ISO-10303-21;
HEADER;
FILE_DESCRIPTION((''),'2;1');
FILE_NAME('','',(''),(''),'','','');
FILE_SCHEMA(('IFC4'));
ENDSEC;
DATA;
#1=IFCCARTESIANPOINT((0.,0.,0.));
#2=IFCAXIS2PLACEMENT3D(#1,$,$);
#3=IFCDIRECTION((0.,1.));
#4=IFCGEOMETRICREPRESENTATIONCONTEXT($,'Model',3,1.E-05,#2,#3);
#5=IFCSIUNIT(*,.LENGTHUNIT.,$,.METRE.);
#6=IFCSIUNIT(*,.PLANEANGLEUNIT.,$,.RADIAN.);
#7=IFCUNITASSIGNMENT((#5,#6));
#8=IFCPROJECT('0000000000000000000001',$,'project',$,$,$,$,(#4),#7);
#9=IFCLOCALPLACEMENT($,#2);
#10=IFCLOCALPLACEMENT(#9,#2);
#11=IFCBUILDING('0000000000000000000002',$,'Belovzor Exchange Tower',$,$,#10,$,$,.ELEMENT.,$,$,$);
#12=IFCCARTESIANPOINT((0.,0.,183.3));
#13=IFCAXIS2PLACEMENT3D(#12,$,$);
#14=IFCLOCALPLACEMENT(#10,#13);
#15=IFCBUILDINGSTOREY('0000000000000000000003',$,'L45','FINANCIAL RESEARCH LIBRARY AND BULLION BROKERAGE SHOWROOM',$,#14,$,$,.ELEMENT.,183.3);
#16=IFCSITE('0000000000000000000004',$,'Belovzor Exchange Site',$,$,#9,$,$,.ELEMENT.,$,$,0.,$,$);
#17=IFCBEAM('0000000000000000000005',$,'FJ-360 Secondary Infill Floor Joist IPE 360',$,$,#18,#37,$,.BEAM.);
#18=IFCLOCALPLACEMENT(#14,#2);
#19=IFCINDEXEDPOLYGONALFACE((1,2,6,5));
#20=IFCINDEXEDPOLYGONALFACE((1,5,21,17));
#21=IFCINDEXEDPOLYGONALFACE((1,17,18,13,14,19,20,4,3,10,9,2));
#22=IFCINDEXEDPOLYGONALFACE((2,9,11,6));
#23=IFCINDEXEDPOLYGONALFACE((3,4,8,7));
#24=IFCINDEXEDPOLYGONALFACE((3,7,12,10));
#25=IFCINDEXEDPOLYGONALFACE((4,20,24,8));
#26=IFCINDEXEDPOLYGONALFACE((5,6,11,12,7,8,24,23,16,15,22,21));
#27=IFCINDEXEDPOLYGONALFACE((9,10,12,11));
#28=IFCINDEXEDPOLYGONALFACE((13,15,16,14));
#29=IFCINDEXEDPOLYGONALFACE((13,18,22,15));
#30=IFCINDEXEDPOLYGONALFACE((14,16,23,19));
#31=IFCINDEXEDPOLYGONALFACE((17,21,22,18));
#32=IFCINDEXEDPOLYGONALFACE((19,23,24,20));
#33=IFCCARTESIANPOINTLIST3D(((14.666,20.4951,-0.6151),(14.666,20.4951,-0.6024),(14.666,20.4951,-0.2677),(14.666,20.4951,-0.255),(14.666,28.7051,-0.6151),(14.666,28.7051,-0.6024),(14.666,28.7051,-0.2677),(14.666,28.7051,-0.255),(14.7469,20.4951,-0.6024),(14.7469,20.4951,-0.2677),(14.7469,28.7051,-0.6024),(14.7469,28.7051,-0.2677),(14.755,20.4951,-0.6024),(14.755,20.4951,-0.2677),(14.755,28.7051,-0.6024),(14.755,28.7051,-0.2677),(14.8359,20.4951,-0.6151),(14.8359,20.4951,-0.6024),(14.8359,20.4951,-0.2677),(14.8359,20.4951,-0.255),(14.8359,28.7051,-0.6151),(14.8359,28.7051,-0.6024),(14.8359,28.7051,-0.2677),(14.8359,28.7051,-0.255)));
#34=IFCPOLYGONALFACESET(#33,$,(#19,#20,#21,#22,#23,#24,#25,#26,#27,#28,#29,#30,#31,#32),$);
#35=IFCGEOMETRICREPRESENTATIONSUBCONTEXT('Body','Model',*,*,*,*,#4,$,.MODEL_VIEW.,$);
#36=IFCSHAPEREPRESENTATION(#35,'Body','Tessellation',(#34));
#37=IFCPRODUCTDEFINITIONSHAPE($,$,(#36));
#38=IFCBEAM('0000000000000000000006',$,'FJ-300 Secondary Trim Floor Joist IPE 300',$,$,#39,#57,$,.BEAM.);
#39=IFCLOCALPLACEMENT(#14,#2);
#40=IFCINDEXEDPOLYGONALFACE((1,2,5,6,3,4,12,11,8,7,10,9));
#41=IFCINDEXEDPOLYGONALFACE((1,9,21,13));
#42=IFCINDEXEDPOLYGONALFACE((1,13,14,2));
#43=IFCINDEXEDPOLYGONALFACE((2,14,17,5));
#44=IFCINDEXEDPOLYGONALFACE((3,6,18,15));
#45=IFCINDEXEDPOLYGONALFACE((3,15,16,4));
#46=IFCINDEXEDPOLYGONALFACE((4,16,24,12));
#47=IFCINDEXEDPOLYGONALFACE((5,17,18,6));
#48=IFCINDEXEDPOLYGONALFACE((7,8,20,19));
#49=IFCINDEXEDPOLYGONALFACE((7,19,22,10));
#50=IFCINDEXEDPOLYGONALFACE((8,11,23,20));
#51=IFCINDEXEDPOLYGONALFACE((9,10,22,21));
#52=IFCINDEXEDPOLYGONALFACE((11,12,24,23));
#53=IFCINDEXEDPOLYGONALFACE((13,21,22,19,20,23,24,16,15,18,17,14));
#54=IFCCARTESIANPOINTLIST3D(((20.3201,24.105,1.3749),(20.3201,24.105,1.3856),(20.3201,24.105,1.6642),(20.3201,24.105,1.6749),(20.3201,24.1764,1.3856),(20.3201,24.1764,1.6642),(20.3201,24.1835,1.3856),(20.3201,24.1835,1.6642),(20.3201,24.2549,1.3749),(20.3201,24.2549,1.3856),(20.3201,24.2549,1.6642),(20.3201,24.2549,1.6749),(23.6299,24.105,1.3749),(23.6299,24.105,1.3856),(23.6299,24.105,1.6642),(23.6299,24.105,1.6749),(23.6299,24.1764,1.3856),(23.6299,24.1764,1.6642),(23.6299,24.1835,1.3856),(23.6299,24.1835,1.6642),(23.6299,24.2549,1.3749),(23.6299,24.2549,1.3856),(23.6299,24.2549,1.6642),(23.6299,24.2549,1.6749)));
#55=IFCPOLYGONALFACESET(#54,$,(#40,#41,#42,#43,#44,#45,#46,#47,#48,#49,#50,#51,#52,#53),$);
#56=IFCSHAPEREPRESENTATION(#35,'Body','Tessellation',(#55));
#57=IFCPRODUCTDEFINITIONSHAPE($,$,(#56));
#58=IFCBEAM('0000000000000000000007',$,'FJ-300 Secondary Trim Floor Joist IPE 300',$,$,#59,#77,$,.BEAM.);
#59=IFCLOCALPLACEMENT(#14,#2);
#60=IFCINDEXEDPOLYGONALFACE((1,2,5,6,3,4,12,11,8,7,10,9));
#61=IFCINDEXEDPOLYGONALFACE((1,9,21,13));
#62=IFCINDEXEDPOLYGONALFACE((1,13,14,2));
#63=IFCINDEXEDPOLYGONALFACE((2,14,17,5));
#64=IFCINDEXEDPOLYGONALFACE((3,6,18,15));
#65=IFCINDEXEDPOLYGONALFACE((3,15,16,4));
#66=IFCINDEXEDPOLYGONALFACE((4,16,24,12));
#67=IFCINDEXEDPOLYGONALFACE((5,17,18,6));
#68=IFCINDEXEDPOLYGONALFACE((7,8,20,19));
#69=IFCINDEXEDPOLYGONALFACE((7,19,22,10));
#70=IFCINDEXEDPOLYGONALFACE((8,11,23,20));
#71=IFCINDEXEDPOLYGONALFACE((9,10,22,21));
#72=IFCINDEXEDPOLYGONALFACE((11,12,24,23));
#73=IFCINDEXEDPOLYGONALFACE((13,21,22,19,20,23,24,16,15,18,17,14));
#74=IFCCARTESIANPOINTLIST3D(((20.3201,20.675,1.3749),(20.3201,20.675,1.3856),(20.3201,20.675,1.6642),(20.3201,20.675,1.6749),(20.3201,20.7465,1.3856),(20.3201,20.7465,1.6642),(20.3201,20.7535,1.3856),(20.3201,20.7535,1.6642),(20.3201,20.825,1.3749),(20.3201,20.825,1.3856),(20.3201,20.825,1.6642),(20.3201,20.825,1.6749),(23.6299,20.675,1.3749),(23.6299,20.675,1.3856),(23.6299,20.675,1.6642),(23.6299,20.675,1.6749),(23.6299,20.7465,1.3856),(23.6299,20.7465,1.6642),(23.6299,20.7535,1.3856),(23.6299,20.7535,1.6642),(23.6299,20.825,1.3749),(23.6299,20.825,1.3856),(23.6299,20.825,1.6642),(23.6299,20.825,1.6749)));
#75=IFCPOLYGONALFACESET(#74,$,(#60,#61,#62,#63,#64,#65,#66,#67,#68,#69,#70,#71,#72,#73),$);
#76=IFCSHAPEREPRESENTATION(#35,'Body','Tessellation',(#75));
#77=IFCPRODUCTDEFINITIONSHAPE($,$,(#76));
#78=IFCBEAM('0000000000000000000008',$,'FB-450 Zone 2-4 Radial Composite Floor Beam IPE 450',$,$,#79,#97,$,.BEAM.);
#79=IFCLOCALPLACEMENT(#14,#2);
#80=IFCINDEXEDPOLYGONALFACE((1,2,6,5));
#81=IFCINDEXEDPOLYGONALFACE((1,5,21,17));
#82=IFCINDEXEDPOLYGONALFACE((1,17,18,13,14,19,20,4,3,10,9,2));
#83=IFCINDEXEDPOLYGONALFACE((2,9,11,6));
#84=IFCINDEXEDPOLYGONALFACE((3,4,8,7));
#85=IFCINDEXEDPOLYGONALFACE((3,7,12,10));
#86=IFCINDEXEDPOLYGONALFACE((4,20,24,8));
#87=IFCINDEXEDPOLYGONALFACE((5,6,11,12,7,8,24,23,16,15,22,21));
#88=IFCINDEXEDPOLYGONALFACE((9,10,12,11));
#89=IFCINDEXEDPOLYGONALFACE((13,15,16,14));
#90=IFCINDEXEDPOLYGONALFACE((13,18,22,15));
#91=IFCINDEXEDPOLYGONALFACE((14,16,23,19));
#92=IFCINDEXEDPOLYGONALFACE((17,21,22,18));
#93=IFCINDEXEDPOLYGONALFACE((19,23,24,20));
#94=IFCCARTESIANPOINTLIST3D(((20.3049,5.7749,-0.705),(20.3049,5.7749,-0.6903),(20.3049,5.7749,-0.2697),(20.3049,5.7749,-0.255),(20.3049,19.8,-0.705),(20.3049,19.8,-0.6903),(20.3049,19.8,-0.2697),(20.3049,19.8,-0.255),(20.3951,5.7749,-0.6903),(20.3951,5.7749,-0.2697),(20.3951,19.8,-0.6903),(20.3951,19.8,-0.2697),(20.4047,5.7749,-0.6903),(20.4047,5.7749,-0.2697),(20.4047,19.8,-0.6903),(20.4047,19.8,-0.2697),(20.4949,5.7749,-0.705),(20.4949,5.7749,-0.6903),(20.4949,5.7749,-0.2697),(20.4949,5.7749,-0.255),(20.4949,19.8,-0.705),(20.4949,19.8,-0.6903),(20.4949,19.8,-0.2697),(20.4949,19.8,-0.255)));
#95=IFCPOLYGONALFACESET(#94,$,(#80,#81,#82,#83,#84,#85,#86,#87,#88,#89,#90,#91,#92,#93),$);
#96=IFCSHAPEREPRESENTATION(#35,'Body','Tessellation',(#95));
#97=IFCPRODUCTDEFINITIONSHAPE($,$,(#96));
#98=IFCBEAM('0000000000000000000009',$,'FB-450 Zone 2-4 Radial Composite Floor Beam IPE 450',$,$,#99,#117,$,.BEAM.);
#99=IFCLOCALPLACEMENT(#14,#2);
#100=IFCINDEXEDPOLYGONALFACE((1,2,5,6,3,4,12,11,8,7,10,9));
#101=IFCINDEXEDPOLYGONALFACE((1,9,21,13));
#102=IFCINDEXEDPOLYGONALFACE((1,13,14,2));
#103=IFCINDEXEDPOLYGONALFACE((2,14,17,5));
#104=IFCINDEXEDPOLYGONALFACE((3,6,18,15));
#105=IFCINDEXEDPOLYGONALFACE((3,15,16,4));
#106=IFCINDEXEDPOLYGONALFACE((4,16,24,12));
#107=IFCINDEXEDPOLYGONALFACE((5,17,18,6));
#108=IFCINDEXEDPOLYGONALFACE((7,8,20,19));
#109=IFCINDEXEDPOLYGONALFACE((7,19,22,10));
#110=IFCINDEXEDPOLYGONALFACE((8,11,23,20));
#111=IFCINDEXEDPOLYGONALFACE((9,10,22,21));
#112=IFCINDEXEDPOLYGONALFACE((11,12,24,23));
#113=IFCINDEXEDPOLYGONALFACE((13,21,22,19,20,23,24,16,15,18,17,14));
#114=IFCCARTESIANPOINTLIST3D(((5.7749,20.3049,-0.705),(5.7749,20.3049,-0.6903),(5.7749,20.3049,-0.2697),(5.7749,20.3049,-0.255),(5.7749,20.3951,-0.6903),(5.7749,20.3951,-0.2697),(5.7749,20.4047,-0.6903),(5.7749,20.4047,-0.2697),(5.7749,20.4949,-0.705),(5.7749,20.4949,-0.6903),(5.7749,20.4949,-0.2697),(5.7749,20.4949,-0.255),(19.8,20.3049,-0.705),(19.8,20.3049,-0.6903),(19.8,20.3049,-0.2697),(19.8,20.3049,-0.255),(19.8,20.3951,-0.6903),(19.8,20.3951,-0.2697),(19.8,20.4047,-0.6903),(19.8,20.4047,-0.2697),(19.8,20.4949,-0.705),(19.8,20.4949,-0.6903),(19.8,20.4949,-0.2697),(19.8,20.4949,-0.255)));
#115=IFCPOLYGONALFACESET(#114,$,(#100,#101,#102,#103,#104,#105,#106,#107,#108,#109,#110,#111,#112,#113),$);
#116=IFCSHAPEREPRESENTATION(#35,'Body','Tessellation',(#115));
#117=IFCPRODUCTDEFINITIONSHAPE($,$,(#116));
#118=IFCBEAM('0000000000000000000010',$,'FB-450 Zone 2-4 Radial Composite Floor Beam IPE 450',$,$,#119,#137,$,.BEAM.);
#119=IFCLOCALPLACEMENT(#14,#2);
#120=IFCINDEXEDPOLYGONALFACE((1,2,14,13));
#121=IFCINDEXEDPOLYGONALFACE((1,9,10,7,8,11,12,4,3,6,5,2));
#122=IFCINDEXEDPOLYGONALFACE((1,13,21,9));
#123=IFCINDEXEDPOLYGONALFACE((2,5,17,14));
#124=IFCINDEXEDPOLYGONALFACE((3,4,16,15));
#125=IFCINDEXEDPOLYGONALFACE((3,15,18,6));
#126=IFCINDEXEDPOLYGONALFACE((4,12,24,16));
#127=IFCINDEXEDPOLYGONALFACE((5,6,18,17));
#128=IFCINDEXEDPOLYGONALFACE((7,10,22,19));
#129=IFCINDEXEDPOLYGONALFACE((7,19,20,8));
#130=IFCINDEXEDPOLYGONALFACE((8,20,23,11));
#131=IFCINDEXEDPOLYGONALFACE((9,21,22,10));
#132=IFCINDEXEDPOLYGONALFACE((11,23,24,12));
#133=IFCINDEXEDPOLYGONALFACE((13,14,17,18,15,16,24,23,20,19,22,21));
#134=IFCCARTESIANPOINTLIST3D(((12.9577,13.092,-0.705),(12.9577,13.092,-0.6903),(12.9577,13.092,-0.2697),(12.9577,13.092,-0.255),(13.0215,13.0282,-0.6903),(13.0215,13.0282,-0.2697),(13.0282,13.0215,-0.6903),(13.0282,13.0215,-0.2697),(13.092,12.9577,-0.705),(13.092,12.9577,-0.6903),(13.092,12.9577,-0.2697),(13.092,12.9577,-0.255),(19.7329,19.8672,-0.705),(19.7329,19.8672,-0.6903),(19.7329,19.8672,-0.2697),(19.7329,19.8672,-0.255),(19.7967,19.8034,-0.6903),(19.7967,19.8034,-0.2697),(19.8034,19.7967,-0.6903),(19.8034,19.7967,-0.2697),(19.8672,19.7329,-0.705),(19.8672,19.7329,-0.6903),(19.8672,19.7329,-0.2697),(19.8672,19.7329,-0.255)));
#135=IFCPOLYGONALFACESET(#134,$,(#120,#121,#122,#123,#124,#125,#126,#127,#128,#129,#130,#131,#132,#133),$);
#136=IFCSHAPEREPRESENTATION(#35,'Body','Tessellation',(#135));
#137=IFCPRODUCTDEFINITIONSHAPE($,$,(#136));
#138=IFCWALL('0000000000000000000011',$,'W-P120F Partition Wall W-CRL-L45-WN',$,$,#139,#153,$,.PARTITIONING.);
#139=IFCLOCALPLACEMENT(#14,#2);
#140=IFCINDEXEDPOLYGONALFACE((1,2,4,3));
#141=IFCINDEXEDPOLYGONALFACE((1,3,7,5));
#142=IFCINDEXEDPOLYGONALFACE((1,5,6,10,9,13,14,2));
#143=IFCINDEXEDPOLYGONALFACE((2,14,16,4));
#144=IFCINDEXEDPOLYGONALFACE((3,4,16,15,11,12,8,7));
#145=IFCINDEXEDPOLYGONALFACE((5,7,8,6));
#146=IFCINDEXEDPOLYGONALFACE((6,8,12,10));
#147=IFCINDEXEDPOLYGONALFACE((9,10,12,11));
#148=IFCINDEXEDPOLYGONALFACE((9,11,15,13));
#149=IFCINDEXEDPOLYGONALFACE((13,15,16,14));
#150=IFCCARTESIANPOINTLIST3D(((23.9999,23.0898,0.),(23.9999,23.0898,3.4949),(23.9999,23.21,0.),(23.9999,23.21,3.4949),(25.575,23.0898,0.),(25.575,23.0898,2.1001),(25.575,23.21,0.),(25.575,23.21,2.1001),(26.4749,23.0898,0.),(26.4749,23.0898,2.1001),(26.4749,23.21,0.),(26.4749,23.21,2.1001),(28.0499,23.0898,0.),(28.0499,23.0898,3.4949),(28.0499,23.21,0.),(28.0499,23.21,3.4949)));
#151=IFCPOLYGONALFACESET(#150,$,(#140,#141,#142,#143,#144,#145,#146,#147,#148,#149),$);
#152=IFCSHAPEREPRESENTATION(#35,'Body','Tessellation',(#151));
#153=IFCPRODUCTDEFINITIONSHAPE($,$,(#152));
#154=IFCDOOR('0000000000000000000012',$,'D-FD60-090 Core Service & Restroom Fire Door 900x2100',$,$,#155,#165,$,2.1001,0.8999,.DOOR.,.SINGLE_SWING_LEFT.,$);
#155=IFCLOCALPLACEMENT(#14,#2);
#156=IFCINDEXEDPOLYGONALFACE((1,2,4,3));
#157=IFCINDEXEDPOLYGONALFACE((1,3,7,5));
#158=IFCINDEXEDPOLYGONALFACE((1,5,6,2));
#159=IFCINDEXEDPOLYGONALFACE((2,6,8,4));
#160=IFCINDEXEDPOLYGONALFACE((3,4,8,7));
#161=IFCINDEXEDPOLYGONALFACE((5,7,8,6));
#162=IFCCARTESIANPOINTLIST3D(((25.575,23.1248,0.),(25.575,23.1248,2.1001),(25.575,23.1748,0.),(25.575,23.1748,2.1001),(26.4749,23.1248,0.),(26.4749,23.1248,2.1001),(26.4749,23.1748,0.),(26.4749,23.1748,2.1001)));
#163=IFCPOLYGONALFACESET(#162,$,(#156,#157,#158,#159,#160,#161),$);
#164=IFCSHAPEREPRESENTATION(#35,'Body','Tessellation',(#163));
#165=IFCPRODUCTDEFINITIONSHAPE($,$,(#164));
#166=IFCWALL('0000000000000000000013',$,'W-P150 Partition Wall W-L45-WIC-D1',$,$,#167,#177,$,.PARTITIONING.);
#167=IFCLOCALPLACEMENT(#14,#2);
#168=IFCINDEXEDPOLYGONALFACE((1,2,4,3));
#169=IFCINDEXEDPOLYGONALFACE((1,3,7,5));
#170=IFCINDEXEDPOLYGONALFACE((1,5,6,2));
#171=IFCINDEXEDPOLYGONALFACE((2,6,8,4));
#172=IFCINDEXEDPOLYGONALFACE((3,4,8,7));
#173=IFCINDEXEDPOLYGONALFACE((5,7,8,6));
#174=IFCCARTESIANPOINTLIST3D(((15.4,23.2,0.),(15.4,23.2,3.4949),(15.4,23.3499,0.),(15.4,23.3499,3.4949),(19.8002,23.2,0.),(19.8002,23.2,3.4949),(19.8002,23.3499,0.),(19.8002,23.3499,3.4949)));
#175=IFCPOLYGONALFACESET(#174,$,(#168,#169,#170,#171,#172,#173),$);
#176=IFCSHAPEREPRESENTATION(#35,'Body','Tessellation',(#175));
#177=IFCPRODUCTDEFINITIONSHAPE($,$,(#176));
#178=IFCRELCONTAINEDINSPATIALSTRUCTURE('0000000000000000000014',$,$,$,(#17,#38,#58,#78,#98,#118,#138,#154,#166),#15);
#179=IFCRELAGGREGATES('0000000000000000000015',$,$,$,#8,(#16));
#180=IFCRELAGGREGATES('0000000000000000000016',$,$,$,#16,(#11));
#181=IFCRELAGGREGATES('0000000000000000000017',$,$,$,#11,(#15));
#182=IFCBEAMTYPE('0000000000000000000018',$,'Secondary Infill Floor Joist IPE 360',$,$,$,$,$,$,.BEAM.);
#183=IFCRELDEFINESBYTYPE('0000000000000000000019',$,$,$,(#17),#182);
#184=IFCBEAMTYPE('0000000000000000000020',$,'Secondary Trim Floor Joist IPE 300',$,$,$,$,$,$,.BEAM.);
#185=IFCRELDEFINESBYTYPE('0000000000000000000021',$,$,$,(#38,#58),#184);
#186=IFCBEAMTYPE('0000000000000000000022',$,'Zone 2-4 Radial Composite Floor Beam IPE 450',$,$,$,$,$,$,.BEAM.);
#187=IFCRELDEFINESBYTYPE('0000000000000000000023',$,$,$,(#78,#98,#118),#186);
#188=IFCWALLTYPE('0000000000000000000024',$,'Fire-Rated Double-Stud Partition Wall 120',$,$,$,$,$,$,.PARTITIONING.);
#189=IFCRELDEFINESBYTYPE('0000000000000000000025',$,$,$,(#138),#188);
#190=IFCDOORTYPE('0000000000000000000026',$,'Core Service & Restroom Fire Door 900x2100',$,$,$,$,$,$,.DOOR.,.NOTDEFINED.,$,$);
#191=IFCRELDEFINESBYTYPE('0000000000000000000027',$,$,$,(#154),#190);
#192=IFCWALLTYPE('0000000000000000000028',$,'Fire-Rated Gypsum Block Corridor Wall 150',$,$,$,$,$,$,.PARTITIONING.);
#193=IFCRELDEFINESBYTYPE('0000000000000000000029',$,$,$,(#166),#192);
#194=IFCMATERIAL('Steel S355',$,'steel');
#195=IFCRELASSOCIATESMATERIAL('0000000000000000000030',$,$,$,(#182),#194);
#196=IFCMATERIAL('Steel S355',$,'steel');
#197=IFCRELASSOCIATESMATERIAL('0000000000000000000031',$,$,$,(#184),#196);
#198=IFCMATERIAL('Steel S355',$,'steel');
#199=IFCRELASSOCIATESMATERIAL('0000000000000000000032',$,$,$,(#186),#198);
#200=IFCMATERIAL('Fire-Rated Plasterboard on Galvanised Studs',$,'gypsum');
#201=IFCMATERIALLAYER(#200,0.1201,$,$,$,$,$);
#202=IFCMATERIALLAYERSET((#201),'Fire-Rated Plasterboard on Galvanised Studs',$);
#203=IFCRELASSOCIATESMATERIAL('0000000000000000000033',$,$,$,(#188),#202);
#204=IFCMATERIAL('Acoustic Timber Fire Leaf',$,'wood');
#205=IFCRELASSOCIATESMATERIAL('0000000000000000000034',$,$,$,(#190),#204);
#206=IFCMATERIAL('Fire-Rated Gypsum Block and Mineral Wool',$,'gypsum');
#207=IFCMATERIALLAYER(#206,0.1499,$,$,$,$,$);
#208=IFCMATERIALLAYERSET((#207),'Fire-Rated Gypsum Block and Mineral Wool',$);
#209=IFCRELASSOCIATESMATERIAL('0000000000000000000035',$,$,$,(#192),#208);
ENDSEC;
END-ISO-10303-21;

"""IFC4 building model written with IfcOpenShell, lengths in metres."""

from ifc_helpers import new_model, si_unit, direction, frame, frame_2d, origin, origin_2d, place, context, subcontext, project, spatial, rectangle, i_section, extrude, material, layer, layer_set, material_profile, profile_set, type_object, element, fill, save


model = new_model("IFC4")

# Units and contexts
model_context = context("Model", 3, precision=1e-05, world=origin(), true_north=direction((0.0, 1.0)))
body_context = subcontext(model_context, "Body", "Model", "MODEL_VIEW")
ifc_project = project(units=[si_unit("LENGTHUNIT", "METRE"), si_unit("PLANEANGLEUNIT", "RADIAN")], contexts=[model_context])

# Site, building, storey
site_placement = place(None, origin())
site = spatial("IfcSite", under=ifc_project, at=site_placement, Name="Belovzor Exchange Site", CompositionType="ELEMENT", RefElevation=0.0)
building_placement = place(site_placement, origin())
building = spatial("IfcBuilding", under=site, at=building_placement, Name="Belovzor Exchange Tower", CompositionType="ELEMENT")
storey_placement = place(building_placement, frame((0.0, 0.0, 183.3)))
storey = spatial("IfcBuildingStorey", under=building, at=storey_placement, Name="L45", Description="FINANCIAL RESEARCH LIBRARY AND BULLION BROKERAGE SHOWROOM", CompositionType="ELEMENT", Elevation=183.3)

# Beams
ifc_material_1 = material(Name="Steel S355", Category="steel")
ifc_material_profile_1 = material_profile(ifc_material_1, i_section(OverallWidth=0.1699, OverallDepth=0.3601, WebThickness=0.0081, FlangeThickness=0.0127, at=origin_2d()))
ifc_profile_set_1 = profile_set([ifc_material_profile_1], Name="Steel S355")
beam_type_1 = type_object("IfcBeamType", Name="Secondary Infill Floor Joist IPE 360", PredefinedType="BEAM", material=ifc_profile_set_1)
beam_1_placement = place(storey_placement, frame((14.751, 20.4951, -0.4351), z_axis=(0.0, 1.0, 0.0), x_axis=(-1.0, 0.0, 0.0)))
element("IfcBeam", 1, at=beam_1_placement, inside=storey, type_object=beam_type_1, Name="FJ-360 Secondary Infill Floor Joist IPE 360", PredefinedType="BEAM", context=body_context, shape_type="SweptSolid", body=[
    extrude(i_section(OverallWidth=0.1699, OverallDepth=0.3601, WebThickness=0.0081, FlangeThickness=0.0127, at=origin_2d()), origin(), (0.0, 0.0, 1.0), 8.21),
])
ifc_material_2 = material(Name="Steel S355", Category="steel")
ifc_material_profile_2 = material_profile(ifc_material_2, i_section(OverallWidth=0.1499, OverallDepth=0.3, WebThickness=0.0071, FlangeThickness=0.0107, at=origin_2d()))
ifc_profile_set_2 = profile_set([ifc_material_profile_2], Name="Steel S355")
beam_type_2 = type_object("IfcBeamType", Name="Secondary Trim Floor Joist IPE 300", PredefinedType="BEAM", material=ifc_profile_set_2)
for number, where, z_axis, x_axis, name in (
    (2, (20.3201, 24.1799, 1.5249), (1.0, 0.0, 0.0), (0.0, 1.0, 0.0), "FJ-300 Secondary Trim Floor Joist IPE 300"),
    (3, (20.3201, 20.75, 1.5249), (1.0, 0.0, 0.0), (0.0, 1.0, 0.0), "FJ-300 Secondary Trim Floor Joist IPE 300"),
):
    element("IfcBeam", number, at=place(storey_placement, frame(where, z_axis=z_axis, x_axis=x_axis)), inside=storey, type_object=beam_type_2, Name=name, PredefinedType="BEAM", context=body_context, shape_type="SweptSolid", body=[
        extrude(i_section(OverallWidth=0.1499, OverallDepth=0.3, WebThickness=0.0071, FlangeThickness=0.0107, at=origin_2d()), origin(), (0.0, 0.0, 1.0), 3.3098),
    ])
ifc_material_3 = material(Name="Steel S355", Category="steel")
ifc_material_profile_3 = material_profile(ifc_material_3, i_section(OverallWidth=0.1899, OverallDepth=0.45, WebThickness=0.0095, FlangeThickness=0.0146, at=origin_2d()))
ifc_profile_set_3 = profile_set([ifc_material_profile_3], Name="Steel S355")
beam_type_3 = type_object("IfcBeamType", Name="Zone 2-4 Radial Composite Floor Beam IPE 450", PredefinedType="BEAM", material=ifc_profile_set_3)
for number, where, z_axis, x_axis, name in (
    (4, (20.3999, 19.8, -0.48), (0.0, -1.0, 0.0), (1.0, 0.0, 0.0), "FB-450 Zone 2-4 Radial Composite Floor Beam IPE 450"),
    (5, (19.8, 20.3999, -0.48), (-1.0, 0.0, 0.0), (0.0, -1.0, 0.0), "FB-450 Zone 2-4 Radial Composite Floor Beam IPE 450"),
):
    element("IfcBeam", number, at=place(storey_placement, frame(where, z_axis=z_axis, x_axis=x_axis)), inside=storey, type_object=beam_type_3, Name=name, PredefinedType="BEAM", context=body_context, shape_type="SweptSolid", body=[
        extrude(i_section(OverallWidth=0.1899, OverallDepth=0.45, WebThickness=0.0095, FlangeThickness=0.0146, at=origin_2d()), origin(), (0.0, 0.0, 1.0), 14.0251),
    ])
beam_2_placement = place(storey_placement, frame((19.8, 19.8, -0.48), z_axis=(-0.707107, -0.707107, 0.0), x_axis=(0.707107, -0.707107, 0.0)))
element("IfcBeam", 6, at=beam_2_placement, inside=storey, type_object=beam_type_3, Name="FB-450 Zone 2-4 Radial Composite Floor Beam IPE 450", PredefinedType="BEAM", context=body_context, shape_type="SweptSolid", body=[
    extrude(i_section(OverallWidth=0.1899, OverallDepth=0.45, WebThickness=0.0095, FlangeThickness=0.0146, at=origin_2d()), origin(), (0.0, 0.0, 1.0), 9.5815),
])

# Wall, opening, door
ifc_material_4 = material(Name="Fire-Rated Plasterboard on Galvanised Studs", Category="gypsum")
ifc_layer_1 = layer(ifc_material_4, 0.1201)
ifc_layer_set_1 = layer_set([ifc_layer_1], Name="Fire-Rated Plasterboard on Galvanised Studs")
wall_type_1 = type_object("IfcWallType", Name="Fire-Rated Double-Stud Partition Wall 120", PredefinedType="PARTITIONING", material=ifc_layer_set_1)
wall_1_placement = place(storey_placement, frame((24.0, 23.1499, 0.0), z_axis=(0.0, 0.0, 1.0), x_axis=(1.0, 0.0, 0.0)))
wall_1 = element("IfcWall", 7, at=wall_1_placement, inside=storey, type_object=wall_type_1, Name="W-P120F Partition Wall W-CRL-L45-WN", PredefinedType="PARTITIONING", context=body_context, shape_type="SweptSolid", body=[
    extrude(rectangle(XDim=4.05, YDim=0.1201, at=frame_2d((2.0249, 0.0))), origin(), (0.0, 0.0, 1.0), 3.4949),
])
opening_1_placement = place(wall_1_placement, frame((1.575, 0.0, 0.0)))
opening_1 = element("IfcOpeningElement", 8, at=opening_1_placement, cuts=wall_1, PredefinedType="OPENING", context=body_context, shape_type="SweptSolid", body=[
    extrude(rectangle(XDim=0.8999, YDim=2.1001, at=frame_2d((0.45, 1.05))), frame((0.0, 0.0701, 0.0), z_axis=(0.0, -1.0, 0.0), x_axis=(1.0, 0.0, 0.0)), (0.0, 0.0, 1.0), 0.1401),
])
ifc_material_5 = material(Name="Acoustic Timber Fire Leaf", Category="wood")
door_type_1 = type_object("IfcDoorType", Name="Core Service & Restroom Fire Door 900x2100", OperationType="NOTDEFINED", PredefinedType="DOOR", material=ifc_material_5)
door_1_placement = place(opening_1_placement, origin())
door_1 = element("IfcDoor", 9, at=door_1_placement, inside=storey, type_object=door_type_1, Name="D-FD60-090 Core Service & Restroom Fire Door 900x2100", OperationType="SINGLE_SWING_LEFT", OverallHeight=2.1001, OverallWidth=0.8999, PredefinedType="DOOR", context=body_context, shape_type="SweptSolid", body=[
    extrude(rectangle(XDim=0.8999, YDim=2.1001, at=frame_2d((0.45, 1.05))), frame((0.0, 0.0249, 0.0), z_axis=(0.0, -1.0, 0.0), x_axis=(1.0, 0.0, 0.0)), (0.0, 0.0, 1.0), 0.05),
])
fill(opening_1, door_1)

# Wall
ifc_material_6 = material(Name="Fire-Rated Gypsum Block and Mineral Wool", Category="gypsum")
ifc_layer_2 = layer(ifc_material_6, 0.1499)
ifc_layer_set_2 = layer_set([ifc_layer_2], Name="Fire-Rated Gypsum Block and Mineral Wool")
wall_type_2 = type_object("IfcWallType", Name="Fire-Rated Gypsum Block Corridor Wall 150", PredefinedType="PARTITIONING", material=ifc_layer_set_2)
for number, where, z_axis, x_axis, name in (
    (10, (15.3999, 23.2749, 0.0), (0.0, 0.0, 1.0), (1.0, 0.0, 0.0), "W-P150 Partition Wall W-L45-WIC-D1"),
):
    element("IfcWall", number, at=place(storey_placement, frame(where, z_axis=z_axis, x_axis=x_axis)), inside=storey, type_object=wall_type_2, Name=name, PredefinedType="PARTITIONING", context=body_context, shape_type="SweptSolid", body=[
        extrude(rectangle(XDim=4.4001, YDim=0.1499, at=frame_2d((2.2002, 0.0))), origin(), (0.0, 0.0, 1.0), 3.4949),
    ])

save(model, "model.ifc")
